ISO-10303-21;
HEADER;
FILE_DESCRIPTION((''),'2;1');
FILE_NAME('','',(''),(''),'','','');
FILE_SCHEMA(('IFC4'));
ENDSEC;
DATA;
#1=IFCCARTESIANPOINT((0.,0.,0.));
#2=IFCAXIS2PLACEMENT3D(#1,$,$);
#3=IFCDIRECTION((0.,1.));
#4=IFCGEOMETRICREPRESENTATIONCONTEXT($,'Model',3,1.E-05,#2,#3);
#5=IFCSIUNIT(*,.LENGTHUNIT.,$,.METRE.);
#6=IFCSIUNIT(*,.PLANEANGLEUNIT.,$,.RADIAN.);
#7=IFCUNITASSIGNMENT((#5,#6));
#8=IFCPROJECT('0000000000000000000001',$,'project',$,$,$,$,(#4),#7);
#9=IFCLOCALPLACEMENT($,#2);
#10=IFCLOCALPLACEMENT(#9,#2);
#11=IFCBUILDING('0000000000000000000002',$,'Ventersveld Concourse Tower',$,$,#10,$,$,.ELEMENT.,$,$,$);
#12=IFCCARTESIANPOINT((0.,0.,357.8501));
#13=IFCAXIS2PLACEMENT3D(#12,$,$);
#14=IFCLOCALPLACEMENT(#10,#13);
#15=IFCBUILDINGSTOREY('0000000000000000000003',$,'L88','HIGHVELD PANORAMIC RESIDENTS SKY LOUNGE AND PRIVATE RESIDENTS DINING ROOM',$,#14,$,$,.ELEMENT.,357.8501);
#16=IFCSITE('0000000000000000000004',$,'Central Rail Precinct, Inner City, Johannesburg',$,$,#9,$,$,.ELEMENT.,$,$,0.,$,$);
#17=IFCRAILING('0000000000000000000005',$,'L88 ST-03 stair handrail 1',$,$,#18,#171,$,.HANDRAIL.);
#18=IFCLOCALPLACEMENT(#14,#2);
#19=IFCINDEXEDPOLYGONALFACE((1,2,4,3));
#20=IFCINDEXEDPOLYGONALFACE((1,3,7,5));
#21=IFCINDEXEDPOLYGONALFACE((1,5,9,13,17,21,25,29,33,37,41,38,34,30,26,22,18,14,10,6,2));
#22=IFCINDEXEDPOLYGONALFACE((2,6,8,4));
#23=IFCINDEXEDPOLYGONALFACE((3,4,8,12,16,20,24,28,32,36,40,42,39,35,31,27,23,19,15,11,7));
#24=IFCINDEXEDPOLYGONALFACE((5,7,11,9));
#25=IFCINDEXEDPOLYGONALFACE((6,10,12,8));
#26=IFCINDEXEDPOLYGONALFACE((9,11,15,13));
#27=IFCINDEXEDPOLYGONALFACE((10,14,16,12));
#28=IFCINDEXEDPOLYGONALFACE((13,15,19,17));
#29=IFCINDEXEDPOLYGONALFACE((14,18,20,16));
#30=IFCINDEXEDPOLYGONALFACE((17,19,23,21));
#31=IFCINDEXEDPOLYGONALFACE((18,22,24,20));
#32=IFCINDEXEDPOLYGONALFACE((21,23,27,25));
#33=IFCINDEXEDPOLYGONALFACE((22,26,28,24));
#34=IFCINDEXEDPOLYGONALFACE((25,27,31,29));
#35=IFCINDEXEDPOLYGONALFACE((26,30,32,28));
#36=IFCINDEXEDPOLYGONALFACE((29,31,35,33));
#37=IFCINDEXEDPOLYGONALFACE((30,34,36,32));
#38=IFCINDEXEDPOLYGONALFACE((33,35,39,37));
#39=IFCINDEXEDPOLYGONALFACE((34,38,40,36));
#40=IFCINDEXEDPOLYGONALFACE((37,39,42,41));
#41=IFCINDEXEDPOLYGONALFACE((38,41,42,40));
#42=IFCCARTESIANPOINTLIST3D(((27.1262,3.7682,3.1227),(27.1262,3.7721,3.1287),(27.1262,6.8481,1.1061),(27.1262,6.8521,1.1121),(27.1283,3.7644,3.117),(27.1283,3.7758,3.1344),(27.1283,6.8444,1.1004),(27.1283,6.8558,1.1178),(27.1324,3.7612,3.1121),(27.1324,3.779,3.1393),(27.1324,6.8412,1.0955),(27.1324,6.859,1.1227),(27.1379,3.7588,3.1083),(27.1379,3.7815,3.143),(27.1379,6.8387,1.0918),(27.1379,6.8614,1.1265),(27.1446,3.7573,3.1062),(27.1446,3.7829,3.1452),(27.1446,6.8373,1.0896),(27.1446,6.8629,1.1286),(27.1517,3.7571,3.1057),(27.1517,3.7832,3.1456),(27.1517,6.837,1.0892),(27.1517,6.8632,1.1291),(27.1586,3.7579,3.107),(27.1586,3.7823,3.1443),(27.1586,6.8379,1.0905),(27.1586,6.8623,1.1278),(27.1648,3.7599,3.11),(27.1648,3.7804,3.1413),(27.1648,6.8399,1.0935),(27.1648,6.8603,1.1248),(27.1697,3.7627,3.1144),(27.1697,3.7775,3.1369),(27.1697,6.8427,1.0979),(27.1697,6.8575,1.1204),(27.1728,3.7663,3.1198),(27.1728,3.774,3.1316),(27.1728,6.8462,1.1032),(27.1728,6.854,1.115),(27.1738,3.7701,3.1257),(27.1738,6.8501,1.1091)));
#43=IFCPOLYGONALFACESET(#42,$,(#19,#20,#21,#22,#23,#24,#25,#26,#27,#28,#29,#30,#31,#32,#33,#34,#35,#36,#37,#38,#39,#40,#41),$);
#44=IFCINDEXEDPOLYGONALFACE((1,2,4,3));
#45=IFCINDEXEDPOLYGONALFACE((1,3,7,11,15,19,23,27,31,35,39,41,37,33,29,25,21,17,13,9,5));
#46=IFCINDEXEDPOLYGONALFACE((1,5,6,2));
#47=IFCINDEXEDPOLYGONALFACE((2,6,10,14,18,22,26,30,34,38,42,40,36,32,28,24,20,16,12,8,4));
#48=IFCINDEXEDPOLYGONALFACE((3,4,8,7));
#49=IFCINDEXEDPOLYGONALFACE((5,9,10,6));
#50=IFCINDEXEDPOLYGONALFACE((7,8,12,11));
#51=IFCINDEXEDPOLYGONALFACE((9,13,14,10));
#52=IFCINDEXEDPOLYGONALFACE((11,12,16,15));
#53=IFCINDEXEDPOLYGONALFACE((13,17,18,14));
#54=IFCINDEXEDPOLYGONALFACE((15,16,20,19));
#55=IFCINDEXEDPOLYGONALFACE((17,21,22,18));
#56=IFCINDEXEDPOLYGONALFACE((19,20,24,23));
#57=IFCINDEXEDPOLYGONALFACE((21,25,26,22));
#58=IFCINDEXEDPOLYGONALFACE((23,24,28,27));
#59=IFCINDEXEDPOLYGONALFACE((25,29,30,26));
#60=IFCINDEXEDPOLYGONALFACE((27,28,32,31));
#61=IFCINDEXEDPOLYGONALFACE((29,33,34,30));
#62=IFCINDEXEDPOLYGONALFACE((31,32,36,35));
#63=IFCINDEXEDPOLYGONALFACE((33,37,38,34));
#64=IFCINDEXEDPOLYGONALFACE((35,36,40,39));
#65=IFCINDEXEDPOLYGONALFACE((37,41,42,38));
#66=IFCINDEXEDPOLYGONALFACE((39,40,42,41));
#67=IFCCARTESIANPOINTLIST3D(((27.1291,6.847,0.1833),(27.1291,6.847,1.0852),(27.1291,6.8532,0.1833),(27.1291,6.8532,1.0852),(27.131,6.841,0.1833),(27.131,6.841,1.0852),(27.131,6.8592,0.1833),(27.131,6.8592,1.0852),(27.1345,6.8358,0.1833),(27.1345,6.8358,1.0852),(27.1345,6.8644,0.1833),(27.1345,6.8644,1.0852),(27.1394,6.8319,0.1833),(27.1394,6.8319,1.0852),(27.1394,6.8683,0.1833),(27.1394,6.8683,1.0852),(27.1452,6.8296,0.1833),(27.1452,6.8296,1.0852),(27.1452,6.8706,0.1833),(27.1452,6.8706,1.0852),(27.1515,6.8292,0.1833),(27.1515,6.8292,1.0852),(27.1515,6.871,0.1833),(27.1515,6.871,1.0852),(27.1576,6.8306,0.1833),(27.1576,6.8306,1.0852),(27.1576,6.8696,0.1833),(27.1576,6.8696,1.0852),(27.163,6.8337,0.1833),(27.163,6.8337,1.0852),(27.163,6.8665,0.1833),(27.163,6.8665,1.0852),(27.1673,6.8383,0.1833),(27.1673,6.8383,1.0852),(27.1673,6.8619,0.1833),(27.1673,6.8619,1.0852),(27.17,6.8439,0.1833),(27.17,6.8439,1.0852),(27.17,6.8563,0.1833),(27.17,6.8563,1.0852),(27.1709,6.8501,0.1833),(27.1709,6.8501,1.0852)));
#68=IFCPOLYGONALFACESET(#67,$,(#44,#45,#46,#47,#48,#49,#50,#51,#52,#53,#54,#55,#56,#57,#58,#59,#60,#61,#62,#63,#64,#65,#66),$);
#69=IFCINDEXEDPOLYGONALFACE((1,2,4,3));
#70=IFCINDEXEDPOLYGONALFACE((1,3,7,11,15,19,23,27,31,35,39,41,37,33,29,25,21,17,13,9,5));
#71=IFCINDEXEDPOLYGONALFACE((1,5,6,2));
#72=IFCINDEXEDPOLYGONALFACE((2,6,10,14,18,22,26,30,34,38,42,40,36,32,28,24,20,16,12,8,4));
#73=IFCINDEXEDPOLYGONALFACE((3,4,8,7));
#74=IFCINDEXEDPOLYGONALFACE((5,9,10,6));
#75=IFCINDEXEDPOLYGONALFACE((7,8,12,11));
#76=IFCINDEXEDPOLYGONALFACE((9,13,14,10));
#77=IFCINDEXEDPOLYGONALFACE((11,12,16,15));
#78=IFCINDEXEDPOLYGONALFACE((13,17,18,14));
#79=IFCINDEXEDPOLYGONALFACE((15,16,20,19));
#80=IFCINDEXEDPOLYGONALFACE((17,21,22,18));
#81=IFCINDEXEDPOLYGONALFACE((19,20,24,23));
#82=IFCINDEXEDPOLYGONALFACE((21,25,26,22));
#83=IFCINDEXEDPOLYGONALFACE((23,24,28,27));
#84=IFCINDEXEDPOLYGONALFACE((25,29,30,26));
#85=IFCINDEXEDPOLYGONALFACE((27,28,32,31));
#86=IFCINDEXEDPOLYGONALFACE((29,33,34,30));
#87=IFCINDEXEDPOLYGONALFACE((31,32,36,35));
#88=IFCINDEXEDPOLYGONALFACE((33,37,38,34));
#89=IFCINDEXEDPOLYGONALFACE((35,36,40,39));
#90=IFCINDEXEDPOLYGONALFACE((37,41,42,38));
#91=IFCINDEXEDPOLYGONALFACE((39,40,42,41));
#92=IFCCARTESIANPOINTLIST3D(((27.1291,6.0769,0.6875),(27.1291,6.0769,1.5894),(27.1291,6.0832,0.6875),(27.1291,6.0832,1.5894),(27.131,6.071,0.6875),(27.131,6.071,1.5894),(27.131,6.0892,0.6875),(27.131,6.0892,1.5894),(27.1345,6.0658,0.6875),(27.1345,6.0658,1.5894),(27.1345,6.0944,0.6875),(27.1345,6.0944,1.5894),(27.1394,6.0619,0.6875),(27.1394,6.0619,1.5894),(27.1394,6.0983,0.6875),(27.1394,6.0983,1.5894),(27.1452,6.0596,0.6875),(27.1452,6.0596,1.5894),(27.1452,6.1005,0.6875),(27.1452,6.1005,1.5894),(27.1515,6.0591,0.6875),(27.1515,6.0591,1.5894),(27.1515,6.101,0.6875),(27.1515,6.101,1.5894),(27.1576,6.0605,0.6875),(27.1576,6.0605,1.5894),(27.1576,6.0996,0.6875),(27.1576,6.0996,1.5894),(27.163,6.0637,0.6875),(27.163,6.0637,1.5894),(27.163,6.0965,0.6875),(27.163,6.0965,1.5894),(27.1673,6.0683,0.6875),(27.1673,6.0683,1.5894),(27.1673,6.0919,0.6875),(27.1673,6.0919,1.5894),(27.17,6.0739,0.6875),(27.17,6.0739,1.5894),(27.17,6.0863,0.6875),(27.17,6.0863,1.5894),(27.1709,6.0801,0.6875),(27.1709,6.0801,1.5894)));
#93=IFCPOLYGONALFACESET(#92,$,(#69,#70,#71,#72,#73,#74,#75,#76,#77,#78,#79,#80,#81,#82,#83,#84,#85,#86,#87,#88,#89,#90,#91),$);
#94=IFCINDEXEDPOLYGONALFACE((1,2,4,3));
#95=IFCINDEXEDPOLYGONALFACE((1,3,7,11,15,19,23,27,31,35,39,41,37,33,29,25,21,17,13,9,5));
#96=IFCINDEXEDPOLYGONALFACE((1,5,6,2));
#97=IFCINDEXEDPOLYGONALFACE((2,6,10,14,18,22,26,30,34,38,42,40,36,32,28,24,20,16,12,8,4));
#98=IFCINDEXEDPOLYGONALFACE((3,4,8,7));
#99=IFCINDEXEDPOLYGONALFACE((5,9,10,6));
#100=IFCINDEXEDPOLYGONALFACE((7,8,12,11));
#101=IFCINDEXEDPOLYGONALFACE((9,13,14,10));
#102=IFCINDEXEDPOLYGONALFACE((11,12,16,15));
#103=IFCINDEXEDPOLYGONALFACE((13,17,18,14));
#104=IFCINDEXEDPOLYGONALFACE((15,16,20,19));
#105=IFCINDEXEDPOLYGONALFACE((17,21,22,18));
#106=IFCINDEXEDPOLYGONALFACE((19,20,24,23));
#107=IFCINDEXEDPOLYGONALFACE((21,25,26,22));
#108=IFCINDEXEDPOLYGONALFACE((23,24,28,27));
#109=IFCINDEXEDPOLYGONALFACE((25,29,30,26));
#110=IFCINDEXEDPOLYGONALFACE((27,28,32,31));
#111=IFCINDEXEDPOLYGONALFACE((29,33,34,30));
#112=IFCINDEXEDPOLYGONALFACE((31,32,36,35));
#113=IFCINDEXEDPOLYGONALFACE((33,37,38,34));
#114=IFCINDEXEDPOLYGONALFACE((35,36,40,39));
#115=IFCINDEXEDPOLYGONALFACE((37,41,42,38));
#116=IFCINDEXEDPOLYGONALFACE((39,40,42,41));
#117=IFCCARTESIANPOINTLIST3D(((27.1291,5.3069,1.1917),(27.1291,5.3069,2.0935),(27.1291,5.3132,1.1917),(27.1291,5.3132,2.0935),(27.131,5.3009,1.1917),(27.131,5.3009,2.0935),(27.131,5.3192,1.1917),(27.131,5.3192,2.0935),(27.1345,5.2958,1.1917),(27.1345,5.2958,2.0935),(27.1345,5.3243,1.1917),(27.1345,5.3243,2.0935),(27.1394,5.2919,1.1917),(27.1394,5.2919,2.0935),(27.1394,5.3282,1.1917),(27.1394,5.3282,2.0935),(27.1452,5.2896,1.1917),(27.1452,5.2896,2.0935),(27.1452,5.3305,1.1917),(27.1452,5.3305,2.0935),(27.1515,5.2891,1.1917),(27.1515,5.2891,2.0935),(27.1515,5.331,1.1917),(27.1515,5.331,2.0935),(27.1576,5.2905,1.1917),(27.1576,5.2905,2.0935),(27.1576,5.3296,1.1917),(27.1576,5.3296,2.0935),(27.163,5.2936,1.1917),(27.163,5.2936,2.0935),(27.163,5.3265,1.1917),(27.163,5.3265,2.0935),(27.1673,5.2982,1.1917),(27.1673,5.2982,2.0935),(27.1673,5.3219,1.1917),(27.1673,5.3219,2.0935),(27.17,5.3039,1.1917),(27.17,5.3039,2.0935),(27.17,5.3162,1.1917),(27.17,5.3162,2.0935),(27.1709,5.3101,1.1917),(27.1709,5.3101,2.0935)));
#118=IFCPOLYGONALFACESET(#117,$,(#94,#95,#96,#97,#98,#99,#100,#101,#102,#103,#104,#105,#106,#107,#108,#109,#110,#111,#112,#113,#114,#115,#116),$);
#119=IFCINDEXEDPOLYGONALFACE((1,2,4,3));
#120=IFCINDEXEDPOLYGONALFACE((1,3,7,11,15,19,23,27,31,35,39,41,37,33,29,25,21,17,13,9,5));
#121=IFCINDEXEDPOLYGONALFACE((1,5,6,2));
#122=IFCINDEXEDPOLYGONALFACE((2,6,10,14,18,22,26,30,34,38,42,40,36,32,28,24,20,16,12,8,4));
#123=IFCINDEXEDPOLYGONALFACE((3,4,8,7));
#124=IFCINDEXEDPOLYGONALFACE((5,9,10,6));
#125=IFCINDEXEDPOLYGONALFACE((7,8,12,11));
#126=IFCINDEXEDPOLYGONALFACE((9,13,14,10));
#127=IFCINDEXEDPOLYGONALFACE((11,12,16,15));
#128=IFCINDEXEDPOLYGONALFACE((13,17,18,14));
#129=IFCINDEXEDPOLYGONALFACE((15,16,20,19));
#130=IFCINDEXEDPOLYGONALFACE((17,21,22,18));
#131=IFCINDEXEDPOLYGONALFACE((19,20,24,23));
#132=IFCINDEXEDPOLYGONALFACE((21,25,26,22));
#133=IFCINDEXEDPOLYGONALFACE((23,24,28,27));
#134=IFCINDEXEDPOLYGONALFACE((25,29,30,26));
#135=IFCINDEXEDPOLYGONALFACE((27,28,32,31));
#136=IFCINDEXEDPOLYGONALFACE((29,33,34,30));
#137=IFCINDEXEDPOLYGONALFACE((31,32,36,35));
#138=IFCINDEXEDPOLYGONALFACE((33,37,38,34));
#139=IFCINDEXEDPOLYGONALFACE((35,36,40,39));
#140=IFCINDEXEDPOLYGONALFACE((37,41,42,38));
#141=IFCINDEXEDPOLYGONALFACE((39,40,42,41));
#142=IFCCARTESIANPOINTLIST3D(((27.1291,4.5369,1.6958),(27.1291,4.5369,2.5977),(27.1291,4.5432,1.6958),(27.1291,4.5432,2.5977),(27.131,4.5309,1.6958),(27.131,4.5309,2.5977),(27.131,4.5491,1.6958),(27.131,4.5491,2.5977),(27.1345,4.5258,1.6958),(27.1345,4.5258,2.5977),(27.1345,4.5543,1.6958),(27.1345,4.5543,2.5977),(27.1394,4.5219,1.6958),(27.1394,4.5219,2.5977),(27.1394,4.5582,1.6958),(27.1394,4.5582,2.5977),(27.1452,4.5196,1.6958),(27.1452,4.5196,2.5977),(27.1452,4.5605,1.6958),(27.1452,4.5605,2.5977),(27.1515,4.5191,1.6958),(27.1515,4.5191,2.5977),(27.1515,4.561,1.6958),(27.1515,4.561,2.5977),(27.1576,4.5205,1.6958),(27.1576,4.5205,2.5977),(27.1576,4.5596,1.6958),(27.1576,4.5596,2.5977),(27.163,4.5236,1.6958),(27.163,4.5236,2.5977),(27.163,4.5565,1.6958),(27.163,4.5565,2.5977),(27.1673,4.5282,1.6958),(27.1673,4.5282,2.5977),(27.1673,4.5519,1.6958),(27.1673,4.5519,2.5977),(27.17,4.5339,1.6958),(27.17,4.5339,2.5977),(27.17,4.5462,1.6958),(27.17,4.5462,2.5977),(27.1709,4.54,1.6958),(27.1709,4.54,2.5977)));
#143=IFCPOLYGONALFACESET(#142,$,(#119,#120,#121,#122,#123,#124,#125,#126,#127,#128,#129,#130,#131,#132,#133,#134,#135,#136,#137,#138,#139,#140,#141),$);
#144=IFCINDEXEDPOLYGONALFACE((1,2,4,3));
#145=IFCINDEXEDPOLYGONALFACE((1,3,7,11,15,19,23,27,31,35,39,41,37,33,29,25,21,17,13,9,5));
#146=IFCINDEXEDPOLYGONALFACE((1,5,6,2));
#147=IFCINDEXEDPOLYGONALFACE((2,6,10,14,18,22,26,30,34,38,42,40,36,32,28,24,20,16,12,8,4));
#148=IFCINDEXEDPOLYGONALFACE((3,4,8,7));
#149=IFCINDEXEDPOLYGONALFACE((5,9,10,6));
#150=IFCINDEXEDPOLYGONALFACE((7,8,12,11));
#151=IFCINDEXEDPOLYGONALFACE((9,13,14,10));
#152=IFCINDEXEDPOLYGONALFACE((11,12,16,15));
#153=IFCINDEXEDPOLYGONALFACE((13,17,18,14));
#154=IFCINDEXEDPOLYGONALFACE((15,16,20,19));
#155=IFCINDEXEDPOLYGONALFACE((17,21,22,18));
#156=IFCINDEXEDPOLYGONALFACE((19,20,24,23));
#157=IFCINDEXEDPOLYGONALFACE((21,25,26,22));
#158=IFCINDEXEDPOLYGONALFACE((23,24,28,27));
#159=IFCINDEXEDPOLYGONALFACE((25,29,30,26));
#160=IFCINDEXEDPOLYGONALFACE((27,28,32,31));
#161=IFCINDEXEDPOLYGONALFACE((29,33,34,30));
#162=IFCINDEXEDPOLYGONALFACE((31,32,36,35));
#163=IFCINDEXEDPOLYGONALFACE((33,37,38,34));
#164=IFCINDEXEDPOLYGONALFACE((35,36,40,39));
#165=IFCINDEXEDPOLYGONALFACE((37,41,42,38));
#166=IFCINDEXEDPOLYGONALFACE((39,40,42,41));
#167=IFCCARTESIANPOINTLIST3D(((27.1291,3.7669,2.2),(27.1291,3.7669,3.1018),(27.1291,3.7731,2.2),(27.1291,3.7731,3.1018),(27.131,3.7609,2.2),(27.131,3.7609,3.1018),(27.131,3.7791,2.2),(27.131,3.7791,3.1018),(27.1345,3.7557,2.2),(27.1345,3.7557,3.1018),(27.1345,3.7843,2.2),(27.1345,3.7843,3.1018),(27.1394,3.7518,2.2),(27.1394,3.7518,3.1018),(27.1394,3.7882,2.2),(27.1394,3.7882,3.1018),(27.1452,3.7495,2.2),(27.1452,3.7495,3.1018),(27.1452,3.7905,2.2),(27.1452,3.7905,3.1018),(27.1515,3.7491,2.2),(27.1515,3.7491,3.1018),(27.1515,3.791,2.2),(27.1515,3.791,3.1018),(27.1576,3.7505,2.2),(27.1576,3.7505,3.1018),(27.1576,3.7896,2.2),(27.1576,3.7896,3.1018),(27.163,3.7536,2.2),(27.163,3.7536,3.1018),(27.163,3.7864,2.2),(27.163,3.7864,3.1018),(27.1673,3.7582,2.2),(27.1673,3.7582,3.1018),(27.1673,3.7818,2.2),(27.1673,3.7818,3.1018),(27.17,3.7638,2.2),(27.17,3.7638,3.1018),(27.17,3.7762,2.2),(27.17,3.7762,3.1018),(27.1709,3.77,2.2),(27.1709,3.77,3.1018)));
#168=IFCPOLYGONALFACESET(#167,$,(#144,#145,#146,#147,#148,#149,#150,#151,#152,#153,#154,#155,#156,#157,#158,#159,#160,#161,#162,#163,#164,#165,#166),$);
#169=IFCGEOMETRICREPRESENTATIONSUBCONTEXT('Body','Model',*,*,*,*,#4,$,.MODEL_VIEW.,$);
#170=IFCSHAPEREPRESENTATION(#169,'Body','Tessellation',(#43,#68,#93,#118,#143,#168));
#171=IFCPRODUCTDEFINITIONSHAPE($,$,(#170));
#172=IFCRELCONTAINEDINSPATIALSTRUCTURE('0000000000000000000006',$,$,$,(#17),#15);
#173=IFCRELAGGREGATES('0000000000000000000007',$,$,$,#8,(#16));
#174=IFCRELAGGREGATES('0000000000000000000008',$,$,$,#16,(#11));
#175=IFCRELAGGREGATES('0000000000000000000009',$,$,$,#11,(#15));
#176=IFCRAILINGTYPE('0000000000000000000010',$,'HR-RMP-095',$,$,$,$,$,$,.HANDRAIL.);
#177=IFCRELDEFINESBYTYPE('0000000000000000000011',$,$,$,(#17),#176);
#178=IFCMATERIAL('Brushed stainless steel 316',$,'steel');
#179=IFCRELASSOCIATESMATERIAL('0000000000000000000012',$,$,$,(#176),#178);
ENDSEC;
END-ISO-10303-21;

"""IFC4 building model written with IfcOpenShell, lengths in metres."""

from ifc_helpers import new_model, si_unit, direction, frame, origin, origin_2d, place, context, subcontext, project, spatial, circle, extrude, material, type_object, element, save


model = new_model("IFC4")

# Units and contexts
model_context = context("Model", 3, precision=1e-05, world=origin(), true_north=direction((0.0, 1.0)))
body_context = subcontext(model_context, "Body", "Model", "MODEL_VIEW")
ifc_project = project(units=[si_unit("LENGTHUNIT", "METRE"), si_unit("PLANEANGLEUNIT", "RADIAN")], contexts=[model_context])

# Site, building, storey
site_placement = place(None, origin())
site = spatial("IfcSite", under=ifc_project, at=site_placement, Name="Central Rail Precinct, Inner City, Johannesburg", CompositionType="ELEMENT", RefElevation=0.0)
building_placement = place(site_placement, origin())
building = spatial("IfcBuilding", under=site, at=building_placement, Name="Ventersveld Concourse Tower", CompositionType="ELEMENT")
storey_placement = place(building_placement, frame((0.0, 0.0, 357.8501)))
storey = spatial("IfcBuildingStorey", under=building, at=storey_placement, Name="L88", Description="HIGHVELD PANORAMIC RESIDENTS SKY LOUNGE AND PRIVATE RESIDENTS DINING ROOM", CompositionType="ELEMENT", Elevation=357.8501)

# Shared definitions
ifc_material_1 = material(Name="Brushed stainless steel 316", Category="steel")

# Railing
railing_type_1 = type_object("IfcRailingType", Name="HR-RMP-095", PredefinedType="HANDRAIL", material=ifc_material_1)
railing_1_placement = place(storey_placement, frame((27.1499, 6.8501, 0.1833)))
element("IfcRailing", 1, at=railing_1_placement, inside=storey, type_object=railing_type_1, Name="L88 ST-03 stair handrail 1", PredefinedType="HANDRAIL", context=body_context, shape_type="SweptSolid", body=[
    extrude(circle(Radius=0.0239, at=origin_2d()), frame((0.0, 0.0, 0.9258), z_axis=(0.0, -0.836633, 0.547764), x_axis=(1.0, 0.0, 0.0)), (0.0, 0.0, 1.0), 3.6814),
    extrude(circle(Radius=0.021, at=origin_2d()), origin(), (0.0, 0.0, 1.0), 0.9019),
    extrude(circle(Radius=0.021, at=origin_2d()), frame((0.0, -0.77, 0.5042)), (0.0, 0.0, 1.0), 0.9019),
    extrude(circle(Radius=0.021, at=origin_2d()), frame((0.0, -1.54, 1.0083)), (0.0, 0.0, 1.0), 0.9019),
    extrude(circle(Radius=0.021, at=origin_2d()), frame((0.0, -2.3101, 1.5125)), (0.0, 0.0, 1.0), 0.9019),
    extrude(circle(Radius=0.021, at=origin_2d()), frame((0.0, -3.0801, 2.0166)), (0.0, 0.0, 1.0), 0.9019),
])

save(model, "model.ifc")
